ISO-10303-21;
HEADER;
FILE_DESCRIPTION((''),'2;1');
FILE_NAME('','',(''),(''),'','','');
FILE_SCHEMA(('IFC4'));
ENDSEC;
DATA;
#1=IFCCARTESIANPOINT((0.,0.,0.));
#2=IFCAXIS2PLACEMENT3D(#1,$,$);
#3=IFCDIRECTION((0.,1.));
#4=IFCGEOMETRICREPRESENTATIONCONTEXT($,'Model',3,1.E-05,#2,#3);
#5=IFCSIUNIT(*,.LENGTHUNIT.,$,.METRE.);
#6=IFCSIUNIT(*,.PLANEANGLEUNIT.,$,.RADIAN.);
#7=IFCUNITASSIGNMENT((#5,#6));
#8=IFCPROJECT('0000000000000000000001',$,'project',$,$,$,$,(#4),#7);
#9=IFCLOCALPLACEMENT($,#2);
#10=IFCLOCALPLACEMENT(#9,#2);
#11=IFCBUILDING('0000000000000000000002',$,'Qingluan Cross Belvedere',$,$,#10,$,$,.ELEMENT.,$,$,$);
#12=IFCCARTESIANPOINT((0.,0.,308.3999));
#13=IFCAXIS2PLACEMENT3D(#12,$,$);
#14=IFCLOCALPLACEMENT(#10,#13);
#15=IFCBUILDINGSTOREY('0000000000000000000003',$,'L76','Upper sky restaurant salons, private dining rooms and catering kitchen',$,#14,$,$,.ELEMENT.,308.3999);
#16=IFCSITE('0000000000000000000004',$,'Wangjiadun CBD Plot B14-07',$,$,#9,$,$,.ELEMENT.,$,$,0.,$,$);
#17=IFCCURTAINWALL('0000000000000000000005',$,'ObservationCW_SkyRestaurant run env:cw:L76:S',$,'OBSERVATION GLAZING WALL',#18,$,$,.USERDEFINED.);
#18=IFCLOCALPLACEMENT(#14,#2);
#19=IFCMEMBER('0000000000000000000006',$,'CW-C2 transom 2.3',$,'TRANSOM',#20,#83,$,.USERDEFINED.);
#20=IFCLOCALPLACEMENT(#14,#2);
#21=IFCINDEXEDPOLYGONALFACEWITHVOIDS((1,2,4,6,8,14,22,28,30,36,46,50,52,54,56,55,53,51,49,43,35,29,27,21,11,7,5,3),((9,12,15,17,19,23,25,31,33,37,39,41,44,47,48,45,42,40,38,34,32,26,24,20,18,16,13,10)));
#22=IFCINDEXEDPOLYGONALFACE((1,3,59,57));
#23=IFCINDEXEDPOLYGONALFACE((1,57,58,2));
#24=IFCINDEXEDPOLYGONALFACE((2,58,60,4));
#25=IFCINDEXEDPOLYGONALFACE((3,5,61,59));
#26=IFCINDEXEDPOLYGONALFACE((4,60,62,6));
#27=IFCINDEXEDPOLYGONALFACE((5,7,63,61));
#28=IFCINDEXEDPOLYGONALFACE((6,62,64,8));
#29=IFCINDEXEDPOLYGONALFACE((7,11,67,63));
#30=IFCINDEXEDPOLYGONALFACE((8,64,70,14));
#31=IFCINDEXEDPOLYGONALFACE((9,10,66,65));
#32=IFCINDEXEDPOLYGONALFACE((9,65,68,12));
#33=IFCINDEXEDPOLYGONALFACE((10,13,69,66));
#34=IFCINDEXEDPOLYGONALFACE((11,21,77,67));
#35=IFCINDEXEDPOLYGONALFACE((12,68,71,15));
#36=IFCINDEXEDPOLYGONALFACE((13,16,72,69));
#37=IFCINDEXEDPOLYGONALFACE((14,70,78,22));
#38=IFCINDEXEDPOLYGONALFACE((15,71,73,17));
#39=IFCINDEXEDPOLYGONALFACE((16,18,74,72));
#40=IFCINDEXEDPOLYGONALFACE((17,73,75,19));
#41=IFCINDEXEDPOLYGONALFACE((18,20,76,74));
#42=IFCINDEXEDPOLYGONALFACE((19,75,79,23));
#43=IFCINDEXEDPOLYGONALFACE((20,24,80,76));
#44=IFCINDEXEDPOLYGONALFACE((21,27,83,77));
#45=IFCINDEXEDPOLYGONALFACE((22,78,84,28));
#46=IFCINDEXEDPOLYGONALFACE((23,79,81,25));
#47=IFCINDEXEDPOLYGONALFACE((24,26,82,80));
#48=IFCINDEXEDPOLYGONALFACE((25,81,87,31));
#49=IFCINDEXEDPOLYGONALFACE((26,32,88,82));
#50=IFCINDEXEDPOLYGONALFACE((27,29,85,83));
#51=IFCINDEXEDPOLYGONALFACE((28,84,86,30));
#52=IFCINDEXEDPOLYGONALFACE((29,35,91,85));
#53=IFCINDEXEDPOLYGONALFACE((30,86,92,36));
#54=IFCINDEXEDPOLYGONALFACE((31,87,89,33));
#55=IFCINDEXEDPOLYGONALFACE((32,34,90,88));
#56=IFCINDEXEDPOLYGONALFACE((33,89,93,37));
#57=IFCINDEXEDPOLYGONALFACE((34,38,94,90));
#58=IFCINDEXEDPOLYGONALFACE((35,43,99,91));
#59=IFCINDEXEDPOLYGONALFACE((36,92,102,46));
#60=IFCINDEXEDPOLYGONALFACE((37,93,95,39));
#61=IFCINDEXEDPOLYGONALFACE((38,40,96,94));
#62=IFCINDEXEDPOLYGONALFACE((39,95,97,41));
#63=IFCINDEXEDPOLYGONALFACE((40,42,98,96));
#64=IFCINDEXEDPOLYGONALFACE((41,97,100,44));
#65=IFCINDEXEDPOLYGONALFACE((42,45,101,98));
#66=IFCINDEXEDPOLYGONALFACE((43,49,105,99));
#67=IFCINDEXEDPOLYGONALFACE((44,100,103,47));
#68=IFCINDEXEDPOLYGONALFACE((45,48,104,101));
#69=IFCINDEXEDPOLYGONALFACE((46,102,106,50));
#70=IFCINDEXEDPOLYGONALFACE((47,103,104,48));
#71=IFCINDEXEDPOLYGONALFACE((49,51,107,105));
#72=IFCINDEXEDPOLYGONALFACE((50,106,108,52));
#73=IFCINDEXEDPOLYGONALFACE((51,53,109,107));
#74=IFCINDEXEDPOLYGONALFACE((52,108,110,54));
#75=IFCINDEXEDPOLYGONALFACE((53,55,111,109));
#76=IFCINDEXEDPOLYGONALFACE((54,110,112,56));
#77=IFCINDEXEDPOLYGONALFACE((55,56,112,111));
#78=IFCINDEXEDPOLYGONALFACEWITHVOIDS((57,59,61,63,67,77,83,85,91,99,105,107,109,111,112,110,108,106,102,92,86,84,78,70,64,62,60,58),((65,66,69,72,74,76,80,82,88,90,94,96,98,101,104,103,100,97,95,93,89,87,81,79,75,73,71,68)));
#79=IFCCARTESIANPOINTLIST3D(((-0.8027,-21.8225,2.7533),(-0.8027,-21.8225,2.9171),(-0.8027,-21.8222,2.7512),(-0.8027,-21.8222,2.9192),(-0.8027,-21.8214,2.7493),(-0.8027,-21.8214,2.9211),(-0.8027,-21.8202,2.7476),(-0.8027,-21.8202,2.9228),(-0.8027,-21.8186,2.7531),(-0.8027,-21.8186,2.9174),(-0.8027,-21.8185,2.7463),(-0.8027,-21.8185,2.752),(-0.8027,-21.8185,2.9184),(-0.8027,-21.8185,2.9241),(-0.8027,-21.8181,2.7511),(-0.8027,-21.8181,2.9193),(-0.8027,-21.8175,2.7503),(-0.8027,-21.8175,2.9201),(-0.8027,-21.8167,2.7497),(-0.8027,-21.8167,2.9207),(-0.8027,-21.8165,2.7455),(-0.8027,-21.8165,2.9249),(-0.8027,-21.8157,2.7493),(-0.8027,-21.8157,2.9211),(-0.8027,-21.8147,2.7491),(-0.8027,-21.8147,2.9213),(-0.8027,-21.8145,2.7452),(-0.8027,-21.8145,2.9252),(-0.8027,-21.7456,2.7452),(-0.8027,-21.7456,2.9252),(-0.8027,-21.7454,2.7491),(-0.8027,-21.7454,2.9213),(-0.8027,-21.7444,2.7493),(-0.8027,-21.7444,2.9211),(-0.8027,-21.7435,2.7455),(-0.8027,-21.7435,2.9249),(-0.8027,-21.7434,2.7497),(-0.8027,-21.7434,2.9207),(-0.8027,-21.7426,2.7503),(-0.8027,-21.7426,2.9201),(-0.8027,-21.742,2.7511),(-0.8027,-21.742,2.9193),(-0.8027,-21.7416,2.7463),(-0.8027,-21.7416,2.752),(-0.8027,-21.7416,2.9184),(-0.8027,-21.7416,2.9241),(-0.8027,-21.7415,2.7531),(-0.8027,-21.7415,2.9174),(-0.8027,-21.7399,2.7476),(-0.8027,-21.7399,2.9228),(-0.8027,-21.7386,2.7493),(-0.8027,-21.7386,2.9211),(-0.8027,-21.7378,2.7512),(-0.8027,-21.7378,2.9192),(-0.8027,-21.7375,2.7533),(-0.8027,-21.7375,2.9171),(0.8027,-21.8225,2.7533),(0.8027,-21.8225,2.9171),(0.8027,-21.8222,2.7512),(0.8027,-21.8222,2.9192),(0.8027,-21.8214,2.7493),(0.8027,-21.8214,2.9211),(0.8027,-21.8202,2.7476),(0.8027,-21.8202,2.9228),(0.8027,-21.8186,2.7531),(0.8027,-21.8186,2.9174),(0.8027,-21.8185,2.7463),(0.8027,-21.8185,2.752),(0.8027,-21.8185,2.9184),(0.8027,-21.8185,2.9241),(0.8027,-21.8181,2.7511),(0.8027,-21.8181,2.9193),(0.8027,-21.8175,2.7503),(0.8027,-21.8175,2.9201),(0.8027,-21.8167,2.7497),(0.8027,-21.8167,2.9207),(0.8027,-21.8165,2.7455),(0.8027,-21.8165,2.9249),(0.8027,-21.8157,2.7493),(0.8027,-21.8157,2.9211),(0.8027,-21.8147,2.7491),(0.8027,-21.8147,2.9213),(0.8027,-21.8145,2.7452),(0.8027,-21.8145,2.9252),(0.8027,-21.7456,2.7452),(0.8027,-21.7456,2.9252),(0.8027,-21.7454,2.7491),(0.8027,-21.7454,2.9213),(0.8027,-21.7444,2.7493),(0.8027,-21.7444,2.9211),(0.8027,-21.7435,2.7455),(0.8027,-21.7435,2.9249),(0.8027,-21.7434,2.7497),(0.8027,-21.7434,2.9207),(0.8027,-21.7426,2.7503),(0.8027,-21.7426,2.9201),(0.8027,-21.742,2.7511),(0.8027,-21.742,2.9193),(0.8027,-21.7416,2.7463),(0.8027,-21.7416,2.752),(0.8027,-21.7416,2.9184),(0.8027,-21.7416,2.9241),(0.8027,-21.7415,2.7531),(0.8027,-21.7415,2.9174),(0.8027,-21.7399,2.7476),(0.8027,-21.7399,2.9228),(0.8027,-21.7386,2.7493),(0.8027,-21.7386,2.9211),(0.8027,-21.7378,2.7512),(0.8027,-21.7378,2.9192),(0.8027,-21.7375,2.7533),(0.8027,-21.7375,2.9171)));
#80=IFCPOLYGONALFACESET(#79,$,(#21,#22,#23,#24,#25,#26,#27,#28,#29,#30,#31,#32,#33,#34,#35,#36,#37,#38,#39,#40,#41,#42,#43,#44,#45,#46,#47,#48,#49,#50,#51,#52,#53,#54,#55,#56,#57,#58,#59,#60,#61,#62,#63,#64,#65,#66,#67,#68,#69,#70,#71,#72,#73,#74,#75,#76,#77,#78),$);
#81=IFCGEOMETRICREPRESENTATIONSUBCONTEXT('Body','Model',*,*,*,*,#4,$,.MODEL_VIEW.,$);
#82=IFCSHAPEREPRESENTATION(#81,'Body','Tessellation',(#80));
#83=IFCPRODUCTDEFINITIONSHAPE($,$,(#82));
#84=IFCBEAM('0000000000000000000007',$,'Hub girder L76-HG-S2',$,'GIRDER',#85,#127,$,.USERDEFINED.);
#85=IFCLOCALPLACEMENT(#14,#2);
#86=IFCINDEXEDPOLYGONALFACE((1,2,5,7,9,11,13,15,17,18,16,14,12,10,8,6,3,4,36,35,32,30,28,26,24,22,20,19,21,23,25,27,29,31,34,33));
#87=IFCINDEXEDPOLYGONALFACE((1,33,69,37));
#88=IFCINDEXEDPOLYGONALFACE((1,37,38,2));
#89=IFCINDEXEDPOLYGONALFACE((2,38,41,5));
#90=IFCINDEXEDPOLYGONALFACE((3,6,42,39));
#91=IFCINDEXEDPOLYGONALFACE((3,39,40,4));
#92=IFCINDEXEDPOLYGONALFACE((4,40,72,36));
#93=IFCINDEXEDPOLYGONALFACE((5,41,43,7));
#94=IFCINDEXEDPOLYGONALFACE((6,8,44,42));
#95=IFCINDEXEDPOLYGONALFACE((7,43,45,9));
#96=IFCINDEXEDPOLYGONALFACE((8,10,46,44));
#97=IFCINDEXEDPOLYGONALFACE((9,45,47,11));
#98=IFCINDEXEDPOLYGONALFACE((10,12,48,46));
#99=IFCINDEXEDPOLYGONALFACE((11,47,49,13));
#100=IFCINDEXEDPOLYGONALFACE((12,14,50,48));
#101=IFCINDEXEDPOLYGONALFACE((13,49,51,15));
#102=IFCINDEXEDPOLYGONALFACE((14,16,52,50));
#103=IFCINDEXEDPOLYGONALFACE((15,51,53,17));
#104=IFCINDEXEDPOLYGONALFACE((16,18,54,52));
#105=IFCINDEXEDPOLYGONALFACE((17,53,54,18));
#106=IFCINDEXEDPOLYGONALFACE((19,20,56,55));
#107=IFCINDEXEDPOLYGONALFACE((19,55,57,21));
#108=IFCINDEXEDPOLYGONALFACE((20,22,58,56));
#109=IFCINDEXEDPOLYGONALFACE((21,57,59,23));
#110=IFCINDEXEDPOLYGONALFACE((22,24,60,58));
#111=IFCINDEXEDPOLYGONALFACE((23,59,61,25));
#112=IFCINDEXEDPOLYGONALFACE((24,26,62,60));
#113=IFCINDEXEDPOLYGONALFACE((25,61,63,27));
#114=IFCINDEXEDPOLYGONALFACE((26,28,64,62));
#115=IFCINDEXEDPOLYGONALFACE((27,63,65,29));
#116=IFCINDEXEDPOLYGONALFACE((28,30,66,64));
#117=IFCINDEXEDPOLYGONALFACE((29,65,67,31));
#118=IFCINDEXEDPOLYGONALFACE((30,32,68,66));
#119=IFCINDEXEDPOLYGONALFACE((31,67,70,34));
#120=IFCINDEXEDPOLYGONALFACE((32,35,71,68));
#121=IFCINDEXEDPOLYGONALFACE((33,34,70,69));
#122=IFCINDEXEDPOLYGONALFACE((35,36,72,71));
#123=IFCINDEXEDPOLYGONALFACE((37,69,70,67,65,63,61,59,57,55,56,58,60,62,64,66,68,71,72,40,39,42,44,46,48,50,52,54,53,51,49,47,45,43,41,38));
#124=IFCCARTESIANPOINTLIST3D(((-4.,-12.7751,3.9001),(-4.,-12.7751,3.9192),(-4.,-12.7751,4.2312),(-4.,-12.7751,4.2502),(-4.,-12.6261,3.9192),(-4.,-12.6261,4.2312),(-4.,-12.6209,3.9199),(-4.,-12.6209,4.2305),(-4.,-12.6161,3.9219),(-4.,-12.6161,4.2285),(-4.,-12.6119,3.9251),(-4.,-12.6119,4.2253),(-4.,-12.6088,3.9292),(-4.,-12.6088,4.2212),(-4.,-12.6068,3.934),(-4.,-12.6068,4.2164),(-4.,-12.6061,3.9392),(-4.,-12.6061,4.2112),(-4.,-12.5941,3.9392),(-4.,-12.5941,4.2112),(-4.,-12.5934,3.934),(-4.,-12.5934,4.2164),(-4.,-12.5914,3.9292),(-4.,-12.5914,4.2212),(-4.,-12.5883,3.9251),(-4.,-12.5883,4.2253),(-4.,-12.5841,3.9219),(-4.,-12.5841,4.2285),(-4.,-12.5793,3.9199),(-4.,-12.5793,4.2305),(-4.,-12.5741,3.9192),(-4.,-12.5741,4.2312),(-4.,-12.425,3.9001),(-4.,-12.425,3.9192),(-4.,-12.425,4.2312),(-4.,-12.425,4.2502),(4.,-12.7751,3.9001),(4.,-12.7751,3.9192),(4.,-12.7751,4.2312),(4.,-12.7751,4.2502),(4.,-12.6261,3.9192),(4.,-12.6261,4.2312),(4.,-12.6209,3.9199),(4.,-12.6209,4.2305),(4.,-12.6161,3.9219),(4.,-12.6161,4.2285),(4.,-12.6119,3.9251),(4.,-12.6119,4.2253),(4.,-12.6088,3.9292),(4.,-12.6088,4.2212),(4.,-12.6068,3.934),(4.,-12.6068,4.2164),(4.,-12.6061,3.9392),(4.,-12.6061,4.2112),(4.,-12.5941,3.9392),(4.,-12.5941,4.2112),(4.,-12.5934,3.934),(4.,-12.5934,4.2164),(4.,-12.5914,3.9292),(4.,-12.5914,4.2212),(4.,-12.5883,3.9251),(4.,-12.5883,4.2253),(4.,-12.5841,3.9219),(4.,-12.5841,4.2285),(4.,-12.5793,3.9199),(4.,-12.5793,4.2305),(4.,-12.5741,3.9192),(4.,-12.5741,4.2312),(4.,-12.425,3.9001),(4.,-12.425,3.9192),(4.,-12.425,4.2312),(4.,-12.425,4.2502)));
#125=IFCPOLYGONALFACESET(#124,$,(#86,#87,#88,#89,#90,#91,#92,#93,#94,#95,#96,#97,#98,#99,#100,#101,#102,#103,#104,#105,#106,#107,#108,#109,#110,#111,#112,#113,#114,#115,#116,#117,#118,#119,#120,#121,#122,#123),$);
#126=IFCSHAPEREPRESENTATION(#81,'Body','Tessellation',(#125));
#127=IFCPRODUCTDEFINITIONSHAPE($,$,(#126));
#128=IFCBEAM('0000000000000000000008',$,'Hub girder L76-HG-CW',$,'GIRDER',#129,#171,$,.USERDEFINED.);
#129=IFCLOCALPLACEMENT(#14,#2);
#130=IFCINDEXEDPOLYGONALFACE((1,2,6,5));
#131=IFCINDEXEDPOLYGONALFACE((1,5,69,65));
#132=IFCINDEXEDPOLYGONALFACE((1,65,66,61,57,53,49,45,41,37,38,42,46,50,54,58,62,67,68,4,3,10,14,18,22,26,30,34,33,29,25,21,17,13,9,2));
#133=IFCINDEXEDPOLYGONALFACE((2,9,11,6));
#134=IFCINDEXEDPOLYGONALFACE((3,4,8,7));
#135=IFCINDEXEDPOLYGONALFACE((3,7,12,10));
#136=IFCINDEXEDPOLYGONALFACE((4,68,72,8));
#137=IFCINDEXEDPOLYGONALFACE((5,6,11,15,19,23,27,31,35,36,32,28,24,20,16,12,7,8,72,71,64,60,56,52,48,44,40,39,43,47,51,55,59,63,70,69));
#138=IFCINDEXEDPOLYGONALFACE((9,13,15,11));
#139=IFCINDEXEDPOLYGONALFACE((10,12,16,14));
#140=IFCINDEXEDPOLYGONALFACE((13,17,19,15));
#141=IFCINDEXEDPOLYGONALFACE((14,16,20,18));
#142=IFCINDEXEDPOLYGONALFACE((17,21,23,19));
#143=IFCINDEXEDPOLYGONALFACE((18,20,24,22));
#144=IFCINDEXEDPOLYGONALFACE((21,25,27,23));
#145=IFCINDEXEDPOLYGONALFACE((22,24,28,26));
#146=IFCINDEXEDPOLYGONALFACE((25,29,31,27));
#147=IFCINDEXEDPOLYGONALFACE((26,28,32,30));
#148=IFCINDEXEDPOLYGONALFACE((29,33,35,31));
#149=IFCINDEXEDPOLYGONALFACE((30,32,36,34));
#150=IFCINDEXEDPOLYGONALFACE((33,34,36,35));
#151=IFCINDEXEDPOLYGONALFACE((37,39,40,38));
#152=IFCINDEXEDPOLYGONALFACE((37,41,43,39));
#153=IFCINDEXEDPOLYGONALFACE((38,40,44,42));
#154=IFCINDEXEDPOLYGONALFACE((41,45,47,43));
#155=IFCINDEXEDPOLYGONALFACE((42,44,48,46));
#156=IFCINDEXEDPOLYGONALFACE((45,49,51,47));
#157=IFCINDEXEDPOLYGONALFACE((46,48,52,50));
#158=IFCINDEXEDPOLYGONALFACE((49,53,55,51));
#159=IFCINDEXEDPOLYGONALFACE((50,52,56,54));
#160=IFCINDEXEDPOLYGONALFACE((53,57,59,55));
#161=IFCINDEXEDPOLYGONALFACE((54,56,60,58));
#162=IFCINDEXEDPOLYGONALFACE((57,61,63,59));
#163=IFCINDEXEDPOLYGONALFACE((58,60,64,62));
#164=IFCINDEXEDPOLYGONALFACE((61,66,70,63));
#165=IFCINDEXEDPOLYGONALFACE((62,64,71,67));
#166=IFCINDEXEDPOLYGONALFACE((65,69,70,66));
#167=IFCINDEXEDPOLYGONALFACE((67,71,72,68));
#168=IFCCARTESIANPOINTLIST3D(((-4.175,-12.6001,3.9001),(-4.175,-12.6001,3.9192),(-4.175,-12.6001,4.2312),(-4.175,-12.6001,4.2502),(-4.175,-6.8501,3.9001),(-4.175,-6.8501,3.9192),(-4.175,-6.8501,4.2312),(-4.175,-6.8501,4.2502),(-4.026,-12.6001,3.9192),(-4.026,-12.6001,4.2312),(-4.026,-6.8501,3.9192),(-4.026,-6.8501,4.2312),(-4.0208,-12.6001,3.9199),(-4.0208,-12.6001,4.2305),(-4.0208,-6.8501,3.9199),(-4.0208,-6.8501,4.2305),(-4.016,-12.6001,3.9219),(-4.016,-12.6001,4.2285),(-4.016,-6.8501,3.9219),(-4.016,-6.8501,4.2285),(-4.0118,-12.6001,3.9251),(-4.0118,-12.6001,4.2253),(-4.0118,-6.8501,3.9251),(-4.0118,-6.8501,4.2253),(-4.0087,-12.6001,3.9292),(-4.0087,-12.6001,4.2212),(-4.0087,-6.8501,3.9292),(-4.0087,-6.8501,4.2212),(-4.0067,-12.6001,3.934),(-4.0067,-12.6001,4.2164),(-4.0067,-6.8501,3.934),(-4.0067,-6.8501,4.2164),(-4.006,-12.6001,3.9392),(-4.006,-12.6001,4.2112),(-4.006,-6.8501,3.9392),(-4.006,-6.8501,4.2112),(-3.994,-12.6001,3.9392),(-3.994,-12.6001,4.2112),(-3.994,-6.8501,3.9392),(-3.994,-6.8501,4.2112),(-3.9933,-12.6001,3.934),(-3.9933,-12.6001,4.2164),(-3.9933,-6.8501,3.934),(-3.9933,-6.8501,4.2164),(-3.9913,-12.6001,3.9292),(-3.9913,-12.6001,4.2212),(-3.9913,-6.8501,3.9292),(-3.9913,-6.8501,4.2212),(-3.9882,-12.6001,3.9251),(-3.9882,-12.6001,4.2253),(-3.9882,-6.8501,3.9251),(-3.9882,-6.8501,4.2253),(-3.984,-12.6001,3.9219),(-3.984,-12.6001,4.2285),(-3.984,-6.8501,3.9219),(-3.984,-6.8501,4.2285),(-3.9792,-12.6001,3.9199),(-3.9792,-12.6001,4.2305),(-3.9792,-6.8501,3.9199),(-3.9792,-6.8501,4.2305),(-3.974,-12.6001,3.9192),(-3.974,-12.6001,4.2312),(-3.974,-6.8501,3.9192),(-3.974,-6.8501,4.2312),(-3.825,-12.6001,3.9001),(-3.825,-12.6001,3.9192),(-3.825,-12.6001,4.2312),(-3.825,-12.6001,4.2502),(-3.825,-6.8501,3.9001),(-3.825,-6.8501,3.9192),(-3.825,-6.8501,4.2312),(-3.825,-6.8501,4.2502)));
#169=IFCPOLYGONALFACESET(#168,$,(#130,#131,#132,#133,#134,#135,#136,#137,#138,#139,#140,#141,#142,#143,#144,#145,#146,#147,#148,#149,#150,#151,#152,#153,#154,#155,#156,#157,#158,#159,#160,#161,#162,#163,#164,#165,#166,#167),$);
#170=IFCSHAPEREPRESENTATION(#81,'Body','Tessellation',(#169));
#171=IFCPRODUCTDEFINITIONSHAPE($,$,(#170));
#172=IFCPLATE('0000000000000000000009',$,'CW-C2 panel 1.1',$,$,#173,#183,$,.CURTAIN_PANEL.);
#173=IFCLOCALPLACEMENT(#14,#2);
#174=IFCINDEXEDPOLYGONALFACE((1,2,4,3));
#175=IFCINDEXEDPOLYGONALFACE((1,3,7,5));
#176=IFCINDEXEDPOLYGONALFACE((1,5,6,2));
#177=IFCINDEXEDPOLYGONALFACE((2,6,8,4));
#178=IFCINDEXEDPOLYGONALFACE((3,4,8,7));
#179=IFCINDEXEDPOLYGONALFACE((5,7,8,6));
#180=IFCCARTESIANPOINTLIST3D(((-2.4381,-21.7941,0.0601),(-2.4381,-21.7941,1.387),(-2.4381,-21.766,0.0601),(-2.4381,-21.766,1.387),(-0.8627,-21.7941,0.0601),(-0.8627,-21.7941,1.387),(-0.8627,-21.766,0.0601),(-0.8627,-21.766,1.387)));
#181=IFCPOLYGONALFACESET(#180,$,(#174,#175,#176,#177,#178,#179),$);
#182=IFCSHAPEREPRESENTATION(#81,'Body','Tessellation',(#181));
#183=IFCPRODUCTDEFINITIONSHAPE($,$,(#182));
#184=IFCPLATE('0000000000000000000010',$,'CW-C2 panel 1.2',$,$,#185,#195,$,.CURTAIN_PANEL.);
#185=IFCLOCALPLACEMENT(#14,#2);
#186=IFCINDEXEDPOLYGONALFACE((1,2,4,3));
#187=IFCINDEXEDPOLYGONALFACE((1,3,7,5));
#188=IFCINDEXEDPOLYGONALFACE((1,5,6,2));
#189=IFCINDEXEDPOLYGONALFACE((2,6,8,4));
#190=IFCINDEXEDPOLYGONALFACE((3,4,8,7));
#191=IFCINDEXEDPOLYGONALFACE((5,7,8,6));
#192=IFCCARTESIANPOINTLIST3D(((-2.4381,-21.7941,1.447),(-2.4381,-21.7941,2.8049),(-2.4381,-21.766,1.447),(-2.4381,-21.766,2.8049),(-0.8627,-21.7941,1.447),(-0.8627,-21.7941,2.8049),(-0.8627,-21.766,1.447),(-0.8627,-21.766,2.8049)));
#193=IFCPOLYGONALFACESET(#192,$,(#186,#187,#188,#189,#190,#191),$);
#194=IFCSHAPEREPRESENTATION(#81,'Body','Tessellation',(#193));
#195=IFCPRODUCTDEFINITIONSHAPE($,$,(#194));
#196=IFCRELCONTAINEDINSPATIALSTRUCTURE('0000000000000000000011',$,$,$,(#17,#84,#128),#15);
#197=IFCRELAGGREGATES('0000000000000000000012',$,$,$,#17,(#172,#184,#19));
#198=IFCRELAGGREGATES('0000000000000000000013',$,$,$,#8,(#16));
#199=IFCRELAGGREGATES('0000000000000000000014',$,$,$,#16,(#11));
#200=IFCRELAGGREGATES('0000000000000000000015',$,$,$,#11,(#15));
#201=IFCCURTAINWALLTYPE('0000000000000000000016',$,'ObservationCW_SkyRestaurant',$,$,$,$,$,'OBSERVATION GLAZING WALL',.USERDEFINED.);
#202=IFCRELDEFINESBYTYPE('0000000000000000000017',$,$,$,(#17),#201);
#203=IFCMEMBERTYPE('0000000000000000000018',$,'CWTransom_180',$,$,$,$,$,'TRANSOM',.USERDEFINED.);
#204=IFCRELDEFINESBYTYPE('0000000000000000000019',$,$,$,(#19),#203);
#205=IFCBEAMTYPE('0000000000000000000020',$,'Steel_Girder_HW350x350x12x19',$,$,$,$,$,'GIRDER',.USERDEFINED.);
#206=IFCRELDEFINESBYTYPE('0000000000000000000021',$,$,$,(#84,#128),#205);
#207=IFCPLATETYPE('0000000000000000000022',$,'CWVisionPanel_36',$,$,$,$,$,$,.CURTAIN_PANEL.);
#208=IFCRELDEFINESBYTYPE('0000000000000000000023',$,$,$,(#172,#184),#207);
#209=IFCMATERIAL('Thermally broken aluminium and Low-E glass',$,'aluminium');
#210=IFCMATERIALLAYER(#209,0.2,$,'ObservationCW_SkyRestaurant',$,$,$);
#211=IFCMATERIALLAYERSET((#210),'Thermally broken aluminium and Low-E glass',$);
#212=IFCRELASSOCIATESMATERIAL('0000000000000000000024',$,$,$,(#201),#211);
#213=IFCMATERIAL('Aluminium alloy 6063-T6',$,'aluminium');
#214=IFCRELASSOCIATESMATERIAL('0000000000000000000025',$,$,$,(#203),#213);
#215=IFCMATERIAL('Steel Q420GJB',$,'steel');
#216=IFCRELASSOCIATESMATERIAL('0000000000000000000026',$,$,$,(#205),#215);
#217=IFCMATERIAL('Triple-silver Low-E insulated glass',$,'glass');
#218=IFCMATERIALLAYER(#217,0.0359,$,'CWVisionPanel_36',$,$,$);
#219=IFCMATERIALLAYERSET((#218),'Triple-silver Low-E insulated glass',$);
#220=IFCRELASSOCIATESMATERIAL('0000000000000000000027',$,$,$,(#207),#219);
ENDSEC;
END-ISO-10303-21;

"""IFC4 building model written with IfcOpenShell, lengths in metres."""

from ifc_helpers import new_model, si_unit, direction, frame, origin, origin_2d, place, context, subcontext, project, spatial, rectangle, hollow_rectangle, i_section, extrude, material, layer, layer_set, material_profile, profile_set, type_object, element, aggregate, save


model = new_model("IFC4")

# Units and contexts
model_context = context("Model", 3, precision=1e-05, world=origin(), true_north=direction((0.0, 1.0)))
body_context = subcontext(model_context, "Body", "Model", "MODEL_VIEW")
ifc_project = project(units=[si_unit("LENGTHUNIT", "METRE"), si_unit("PLANEANGLEUNIT", "RADIAN")], contexts=[model_context])

# Site, building, storey
site_placement = place(None, origin())
site = spatial("IfcSite", under=ifc_project, at=site_placement, Name="Wangjiadun CBD Plot B14-07", CompositionType="ELEMENT", RefElevation=0.0)
building_placement = place(site_placement, origin())
building = spatial("IfcBuilding", under=site, at=building_placement, Name="Qingluan Cross Belvedere", CompositionType="ELEMENT")
storey_placement = place(building_placement, frame((0.0, 0.0, 308.3999)))
storey = spatial("IfcBuildingStorey", under=building, at=storey_placement, Name="L76", Description="Upper sky restaurant salons, private dining rooms and catering kitchen", CompositionType="ELEMENT", Elevation=308.3999)

# Curtain wall, member
ifc_material_1 = material(Name="Thermally broken aluminium and Low-E glass", Category="aluminium")
ifc_layer_1 = layer(ifc_material_1, 0.2, Name="ObservationCW_SkyRestaurant")
ifc_layer_set_1 = layer_set([ifc_layer_1], Name="Thermally broken aluminium and Low-E glass")
curtain_wall_type = type_object("IfcCurtainWallType", Name="ObservationCW_SkyRestaurant", ElementType="OBSERVATION GLAZING WALL", PredefinedType="USERDEFINED", material=ifc_layer_set_1)
curtain_wall_placement = place(storey_placement, origin())
curtain_wall = element("IfcCurtainWall", 1, at=curtain_wall_placement, inside=storey, type_object=curtain_wall_type, Name="ObservationCW_SkyRestaurant run env:cw:L76:S", ObjectType="OBSERVATION GLAZING WALL", PredefinedType="USERDEFINED")
ifc_material_2 = material(Name="Aluminium alloy 6063-T6", Category="aluminium")
ifc_material_profile_1 = material_profile(ifc_material_2, hollow_rectangle(XDim=0.085, YDim=0.1799, WallThickness=0.0039, InnerFilletRadius=0.0039, OuterFilletRadius=0.0081, at=origin_2d()), Name="CWT180x85x4")
ifc_profile_set_1 = profile_set([ifc_material_profile_1], Name="Aluminium alloy 6063-T6")
member_type_1 = type_object("IfcMemberType", Name="CWTransom_180", ElementType="TRANSOM", PredefinedType="USERDEFINED", material=ifc_profile_set_1)
member_1_placement = place(storey_placement, frame((-0.8027, -21.78, 2.8352), z_axis=(1.0, 0.0, 0.0), x_axis=(0.0, 1.0, 0.0)))
member_1 = element("IfcMember", 2, at=member_1_placement, type_object=member_type_1, Name="CW-C2 transom 2.3", ObjectType="TRANSOM", PredefinedType="USERDEFINED", context=body_context, shape_type="SweptSolid", body=[
    extrude(hollow_rectangle(XDim=0.085, YDim=0.1799, WallThickness=0.0039, InnerFilletRadius=0.0039, OuterFilletRadius=0.0081, at=origin_2d()), origin(), (0.0, 0.0, 1.0), 1.6055),
])

# Beams
ifc_material_3 = material(Name="Steel Q420GJB", Category="steel")
ifc_material_profile_2 = material_profile(ifc_material_3, i_section(OverallWidth=0.3501, OverallDepth=0.3501, WebThickness=0.012, FlangeThickness=0.019, FilletRadius=0.02, at=origin_2d()), Name="HW350x350x12x19")
ifc_profile_set_2 = profile_set([ifc_material_profile_2], Name="Steel Q420GJB")
beam_type = type_object("IfcBeamType", Name="Steel_Girder_HW350x350x12x19", ElementType="GIRDER", PredefinedType="USERDEFINED", material=ifc_profile_set_2)
beam_1_placement = place(storey_placement, frame((-4.0, -12.6001, 4.0752), z_axis=(1.0, 0.0, 0.0), x_axis=(0.0, 1.0, 0.0)))
element("IfcBeam", 3, at=beam_1_placement, inside=storey, type_object=beam_type, Name="Hub girder L76-HG-S2", ObjectType="GIRDER", PredefinedType="USERDEFINED", context=body_context, shape_type="SweptSolid", body=[
    extrude(i_section(OverallWidth=0.3501, OverallDepth=0.3501, WebThickness=0.012, FlangeThickness=0.019, FilletRadius=0.02, at=origin_2d()), origin(), (0.0, 0.0, 1.0), 8.0),
])
beam_2_placement = place(storey_placement, frame((-4.0, -12.6001, 4.0752), z_axis=(0.0, 1.0, 0.0), x_axis=(-1.0, 0.0, 0.0)))
element("IfcBeam", 4, at=beam_2_placement, inside=storey, type_object=beam_type, Name="Hub girder L76-HG-CW", ObjectType="GIRDER", PredefinedType="USERDEFINED", context=body_context, shape_type="SweptSolid", body=[
    extrude(i_section(OverallWidth=0.3501, OverallDepth=0.3501, WebThickness=0.012, FlangeThickness=0.019, FilletRadius=0.02, at=origin_2d()), origin(), (0.0, 0.0, 1.0), 5.75),
])

# Plates
ifc_material_4 = material(Name="Triple-silver Low-E insulated glass", Category="glass")
ifc_layer_2 = layer(ifc_material_4, 0.0359, Name="CWVisionPanel_36")
ifc_layer_set_2 = layer_set([ifc_layer_2], Name="Triple-silver Low-E insulated glass")
plate_type = type_object("IfcPlateType", Name="CWVisionPanel_36", PredefinedType="CURTAIN_PANEL", material=ifc_layer_set_2)
plate_1_placement = place(storey_placement, frame((-1.6504, -21.78, 0.0601), z_axis=(0.0, 0.0, 1.0), x_axis=(1.0, 0.0, 0.0)))
plate_1 = element("IfcPlate", 5, at=plate_1_placement, type_object=plate_type, Name="CW-C2 panel 1.1", PredefinedType="CURTAIN_PANEL", context=body_context, shape_type="SweptSolid", body=[
    extrude(rectangle(XDim=1.5754, YDim=0.0281, at=origin_2d()), origin(), (0.0, 0.0, 1.0), 1.3269),
])
plate_2_placement = place(storey_placement, frame((-1.6504, -21.78, 1.447), z_axis=(0.0, 0.0, 1.0), x_axis=(1.0, 0.0, 0.0)))
plate_2 = element("IfcPlate", 6, at=plate_2_placement, type_object=plate_type, Name="CW-C2 panel 1.2", PredefinedType="CURTAIN_PANEL", context=body_context, shape_type="SweptSolid", body=[
    extrude(rectangle(XDim=1.5754, YDim=0.0281, at=origin_2d()), origin(), (0.0, 0.0, 1.0), 1.3579),
])
aggregate(curtain_wall, [plate_1, plate_2, member_1])

save(model, "model.ifc")
